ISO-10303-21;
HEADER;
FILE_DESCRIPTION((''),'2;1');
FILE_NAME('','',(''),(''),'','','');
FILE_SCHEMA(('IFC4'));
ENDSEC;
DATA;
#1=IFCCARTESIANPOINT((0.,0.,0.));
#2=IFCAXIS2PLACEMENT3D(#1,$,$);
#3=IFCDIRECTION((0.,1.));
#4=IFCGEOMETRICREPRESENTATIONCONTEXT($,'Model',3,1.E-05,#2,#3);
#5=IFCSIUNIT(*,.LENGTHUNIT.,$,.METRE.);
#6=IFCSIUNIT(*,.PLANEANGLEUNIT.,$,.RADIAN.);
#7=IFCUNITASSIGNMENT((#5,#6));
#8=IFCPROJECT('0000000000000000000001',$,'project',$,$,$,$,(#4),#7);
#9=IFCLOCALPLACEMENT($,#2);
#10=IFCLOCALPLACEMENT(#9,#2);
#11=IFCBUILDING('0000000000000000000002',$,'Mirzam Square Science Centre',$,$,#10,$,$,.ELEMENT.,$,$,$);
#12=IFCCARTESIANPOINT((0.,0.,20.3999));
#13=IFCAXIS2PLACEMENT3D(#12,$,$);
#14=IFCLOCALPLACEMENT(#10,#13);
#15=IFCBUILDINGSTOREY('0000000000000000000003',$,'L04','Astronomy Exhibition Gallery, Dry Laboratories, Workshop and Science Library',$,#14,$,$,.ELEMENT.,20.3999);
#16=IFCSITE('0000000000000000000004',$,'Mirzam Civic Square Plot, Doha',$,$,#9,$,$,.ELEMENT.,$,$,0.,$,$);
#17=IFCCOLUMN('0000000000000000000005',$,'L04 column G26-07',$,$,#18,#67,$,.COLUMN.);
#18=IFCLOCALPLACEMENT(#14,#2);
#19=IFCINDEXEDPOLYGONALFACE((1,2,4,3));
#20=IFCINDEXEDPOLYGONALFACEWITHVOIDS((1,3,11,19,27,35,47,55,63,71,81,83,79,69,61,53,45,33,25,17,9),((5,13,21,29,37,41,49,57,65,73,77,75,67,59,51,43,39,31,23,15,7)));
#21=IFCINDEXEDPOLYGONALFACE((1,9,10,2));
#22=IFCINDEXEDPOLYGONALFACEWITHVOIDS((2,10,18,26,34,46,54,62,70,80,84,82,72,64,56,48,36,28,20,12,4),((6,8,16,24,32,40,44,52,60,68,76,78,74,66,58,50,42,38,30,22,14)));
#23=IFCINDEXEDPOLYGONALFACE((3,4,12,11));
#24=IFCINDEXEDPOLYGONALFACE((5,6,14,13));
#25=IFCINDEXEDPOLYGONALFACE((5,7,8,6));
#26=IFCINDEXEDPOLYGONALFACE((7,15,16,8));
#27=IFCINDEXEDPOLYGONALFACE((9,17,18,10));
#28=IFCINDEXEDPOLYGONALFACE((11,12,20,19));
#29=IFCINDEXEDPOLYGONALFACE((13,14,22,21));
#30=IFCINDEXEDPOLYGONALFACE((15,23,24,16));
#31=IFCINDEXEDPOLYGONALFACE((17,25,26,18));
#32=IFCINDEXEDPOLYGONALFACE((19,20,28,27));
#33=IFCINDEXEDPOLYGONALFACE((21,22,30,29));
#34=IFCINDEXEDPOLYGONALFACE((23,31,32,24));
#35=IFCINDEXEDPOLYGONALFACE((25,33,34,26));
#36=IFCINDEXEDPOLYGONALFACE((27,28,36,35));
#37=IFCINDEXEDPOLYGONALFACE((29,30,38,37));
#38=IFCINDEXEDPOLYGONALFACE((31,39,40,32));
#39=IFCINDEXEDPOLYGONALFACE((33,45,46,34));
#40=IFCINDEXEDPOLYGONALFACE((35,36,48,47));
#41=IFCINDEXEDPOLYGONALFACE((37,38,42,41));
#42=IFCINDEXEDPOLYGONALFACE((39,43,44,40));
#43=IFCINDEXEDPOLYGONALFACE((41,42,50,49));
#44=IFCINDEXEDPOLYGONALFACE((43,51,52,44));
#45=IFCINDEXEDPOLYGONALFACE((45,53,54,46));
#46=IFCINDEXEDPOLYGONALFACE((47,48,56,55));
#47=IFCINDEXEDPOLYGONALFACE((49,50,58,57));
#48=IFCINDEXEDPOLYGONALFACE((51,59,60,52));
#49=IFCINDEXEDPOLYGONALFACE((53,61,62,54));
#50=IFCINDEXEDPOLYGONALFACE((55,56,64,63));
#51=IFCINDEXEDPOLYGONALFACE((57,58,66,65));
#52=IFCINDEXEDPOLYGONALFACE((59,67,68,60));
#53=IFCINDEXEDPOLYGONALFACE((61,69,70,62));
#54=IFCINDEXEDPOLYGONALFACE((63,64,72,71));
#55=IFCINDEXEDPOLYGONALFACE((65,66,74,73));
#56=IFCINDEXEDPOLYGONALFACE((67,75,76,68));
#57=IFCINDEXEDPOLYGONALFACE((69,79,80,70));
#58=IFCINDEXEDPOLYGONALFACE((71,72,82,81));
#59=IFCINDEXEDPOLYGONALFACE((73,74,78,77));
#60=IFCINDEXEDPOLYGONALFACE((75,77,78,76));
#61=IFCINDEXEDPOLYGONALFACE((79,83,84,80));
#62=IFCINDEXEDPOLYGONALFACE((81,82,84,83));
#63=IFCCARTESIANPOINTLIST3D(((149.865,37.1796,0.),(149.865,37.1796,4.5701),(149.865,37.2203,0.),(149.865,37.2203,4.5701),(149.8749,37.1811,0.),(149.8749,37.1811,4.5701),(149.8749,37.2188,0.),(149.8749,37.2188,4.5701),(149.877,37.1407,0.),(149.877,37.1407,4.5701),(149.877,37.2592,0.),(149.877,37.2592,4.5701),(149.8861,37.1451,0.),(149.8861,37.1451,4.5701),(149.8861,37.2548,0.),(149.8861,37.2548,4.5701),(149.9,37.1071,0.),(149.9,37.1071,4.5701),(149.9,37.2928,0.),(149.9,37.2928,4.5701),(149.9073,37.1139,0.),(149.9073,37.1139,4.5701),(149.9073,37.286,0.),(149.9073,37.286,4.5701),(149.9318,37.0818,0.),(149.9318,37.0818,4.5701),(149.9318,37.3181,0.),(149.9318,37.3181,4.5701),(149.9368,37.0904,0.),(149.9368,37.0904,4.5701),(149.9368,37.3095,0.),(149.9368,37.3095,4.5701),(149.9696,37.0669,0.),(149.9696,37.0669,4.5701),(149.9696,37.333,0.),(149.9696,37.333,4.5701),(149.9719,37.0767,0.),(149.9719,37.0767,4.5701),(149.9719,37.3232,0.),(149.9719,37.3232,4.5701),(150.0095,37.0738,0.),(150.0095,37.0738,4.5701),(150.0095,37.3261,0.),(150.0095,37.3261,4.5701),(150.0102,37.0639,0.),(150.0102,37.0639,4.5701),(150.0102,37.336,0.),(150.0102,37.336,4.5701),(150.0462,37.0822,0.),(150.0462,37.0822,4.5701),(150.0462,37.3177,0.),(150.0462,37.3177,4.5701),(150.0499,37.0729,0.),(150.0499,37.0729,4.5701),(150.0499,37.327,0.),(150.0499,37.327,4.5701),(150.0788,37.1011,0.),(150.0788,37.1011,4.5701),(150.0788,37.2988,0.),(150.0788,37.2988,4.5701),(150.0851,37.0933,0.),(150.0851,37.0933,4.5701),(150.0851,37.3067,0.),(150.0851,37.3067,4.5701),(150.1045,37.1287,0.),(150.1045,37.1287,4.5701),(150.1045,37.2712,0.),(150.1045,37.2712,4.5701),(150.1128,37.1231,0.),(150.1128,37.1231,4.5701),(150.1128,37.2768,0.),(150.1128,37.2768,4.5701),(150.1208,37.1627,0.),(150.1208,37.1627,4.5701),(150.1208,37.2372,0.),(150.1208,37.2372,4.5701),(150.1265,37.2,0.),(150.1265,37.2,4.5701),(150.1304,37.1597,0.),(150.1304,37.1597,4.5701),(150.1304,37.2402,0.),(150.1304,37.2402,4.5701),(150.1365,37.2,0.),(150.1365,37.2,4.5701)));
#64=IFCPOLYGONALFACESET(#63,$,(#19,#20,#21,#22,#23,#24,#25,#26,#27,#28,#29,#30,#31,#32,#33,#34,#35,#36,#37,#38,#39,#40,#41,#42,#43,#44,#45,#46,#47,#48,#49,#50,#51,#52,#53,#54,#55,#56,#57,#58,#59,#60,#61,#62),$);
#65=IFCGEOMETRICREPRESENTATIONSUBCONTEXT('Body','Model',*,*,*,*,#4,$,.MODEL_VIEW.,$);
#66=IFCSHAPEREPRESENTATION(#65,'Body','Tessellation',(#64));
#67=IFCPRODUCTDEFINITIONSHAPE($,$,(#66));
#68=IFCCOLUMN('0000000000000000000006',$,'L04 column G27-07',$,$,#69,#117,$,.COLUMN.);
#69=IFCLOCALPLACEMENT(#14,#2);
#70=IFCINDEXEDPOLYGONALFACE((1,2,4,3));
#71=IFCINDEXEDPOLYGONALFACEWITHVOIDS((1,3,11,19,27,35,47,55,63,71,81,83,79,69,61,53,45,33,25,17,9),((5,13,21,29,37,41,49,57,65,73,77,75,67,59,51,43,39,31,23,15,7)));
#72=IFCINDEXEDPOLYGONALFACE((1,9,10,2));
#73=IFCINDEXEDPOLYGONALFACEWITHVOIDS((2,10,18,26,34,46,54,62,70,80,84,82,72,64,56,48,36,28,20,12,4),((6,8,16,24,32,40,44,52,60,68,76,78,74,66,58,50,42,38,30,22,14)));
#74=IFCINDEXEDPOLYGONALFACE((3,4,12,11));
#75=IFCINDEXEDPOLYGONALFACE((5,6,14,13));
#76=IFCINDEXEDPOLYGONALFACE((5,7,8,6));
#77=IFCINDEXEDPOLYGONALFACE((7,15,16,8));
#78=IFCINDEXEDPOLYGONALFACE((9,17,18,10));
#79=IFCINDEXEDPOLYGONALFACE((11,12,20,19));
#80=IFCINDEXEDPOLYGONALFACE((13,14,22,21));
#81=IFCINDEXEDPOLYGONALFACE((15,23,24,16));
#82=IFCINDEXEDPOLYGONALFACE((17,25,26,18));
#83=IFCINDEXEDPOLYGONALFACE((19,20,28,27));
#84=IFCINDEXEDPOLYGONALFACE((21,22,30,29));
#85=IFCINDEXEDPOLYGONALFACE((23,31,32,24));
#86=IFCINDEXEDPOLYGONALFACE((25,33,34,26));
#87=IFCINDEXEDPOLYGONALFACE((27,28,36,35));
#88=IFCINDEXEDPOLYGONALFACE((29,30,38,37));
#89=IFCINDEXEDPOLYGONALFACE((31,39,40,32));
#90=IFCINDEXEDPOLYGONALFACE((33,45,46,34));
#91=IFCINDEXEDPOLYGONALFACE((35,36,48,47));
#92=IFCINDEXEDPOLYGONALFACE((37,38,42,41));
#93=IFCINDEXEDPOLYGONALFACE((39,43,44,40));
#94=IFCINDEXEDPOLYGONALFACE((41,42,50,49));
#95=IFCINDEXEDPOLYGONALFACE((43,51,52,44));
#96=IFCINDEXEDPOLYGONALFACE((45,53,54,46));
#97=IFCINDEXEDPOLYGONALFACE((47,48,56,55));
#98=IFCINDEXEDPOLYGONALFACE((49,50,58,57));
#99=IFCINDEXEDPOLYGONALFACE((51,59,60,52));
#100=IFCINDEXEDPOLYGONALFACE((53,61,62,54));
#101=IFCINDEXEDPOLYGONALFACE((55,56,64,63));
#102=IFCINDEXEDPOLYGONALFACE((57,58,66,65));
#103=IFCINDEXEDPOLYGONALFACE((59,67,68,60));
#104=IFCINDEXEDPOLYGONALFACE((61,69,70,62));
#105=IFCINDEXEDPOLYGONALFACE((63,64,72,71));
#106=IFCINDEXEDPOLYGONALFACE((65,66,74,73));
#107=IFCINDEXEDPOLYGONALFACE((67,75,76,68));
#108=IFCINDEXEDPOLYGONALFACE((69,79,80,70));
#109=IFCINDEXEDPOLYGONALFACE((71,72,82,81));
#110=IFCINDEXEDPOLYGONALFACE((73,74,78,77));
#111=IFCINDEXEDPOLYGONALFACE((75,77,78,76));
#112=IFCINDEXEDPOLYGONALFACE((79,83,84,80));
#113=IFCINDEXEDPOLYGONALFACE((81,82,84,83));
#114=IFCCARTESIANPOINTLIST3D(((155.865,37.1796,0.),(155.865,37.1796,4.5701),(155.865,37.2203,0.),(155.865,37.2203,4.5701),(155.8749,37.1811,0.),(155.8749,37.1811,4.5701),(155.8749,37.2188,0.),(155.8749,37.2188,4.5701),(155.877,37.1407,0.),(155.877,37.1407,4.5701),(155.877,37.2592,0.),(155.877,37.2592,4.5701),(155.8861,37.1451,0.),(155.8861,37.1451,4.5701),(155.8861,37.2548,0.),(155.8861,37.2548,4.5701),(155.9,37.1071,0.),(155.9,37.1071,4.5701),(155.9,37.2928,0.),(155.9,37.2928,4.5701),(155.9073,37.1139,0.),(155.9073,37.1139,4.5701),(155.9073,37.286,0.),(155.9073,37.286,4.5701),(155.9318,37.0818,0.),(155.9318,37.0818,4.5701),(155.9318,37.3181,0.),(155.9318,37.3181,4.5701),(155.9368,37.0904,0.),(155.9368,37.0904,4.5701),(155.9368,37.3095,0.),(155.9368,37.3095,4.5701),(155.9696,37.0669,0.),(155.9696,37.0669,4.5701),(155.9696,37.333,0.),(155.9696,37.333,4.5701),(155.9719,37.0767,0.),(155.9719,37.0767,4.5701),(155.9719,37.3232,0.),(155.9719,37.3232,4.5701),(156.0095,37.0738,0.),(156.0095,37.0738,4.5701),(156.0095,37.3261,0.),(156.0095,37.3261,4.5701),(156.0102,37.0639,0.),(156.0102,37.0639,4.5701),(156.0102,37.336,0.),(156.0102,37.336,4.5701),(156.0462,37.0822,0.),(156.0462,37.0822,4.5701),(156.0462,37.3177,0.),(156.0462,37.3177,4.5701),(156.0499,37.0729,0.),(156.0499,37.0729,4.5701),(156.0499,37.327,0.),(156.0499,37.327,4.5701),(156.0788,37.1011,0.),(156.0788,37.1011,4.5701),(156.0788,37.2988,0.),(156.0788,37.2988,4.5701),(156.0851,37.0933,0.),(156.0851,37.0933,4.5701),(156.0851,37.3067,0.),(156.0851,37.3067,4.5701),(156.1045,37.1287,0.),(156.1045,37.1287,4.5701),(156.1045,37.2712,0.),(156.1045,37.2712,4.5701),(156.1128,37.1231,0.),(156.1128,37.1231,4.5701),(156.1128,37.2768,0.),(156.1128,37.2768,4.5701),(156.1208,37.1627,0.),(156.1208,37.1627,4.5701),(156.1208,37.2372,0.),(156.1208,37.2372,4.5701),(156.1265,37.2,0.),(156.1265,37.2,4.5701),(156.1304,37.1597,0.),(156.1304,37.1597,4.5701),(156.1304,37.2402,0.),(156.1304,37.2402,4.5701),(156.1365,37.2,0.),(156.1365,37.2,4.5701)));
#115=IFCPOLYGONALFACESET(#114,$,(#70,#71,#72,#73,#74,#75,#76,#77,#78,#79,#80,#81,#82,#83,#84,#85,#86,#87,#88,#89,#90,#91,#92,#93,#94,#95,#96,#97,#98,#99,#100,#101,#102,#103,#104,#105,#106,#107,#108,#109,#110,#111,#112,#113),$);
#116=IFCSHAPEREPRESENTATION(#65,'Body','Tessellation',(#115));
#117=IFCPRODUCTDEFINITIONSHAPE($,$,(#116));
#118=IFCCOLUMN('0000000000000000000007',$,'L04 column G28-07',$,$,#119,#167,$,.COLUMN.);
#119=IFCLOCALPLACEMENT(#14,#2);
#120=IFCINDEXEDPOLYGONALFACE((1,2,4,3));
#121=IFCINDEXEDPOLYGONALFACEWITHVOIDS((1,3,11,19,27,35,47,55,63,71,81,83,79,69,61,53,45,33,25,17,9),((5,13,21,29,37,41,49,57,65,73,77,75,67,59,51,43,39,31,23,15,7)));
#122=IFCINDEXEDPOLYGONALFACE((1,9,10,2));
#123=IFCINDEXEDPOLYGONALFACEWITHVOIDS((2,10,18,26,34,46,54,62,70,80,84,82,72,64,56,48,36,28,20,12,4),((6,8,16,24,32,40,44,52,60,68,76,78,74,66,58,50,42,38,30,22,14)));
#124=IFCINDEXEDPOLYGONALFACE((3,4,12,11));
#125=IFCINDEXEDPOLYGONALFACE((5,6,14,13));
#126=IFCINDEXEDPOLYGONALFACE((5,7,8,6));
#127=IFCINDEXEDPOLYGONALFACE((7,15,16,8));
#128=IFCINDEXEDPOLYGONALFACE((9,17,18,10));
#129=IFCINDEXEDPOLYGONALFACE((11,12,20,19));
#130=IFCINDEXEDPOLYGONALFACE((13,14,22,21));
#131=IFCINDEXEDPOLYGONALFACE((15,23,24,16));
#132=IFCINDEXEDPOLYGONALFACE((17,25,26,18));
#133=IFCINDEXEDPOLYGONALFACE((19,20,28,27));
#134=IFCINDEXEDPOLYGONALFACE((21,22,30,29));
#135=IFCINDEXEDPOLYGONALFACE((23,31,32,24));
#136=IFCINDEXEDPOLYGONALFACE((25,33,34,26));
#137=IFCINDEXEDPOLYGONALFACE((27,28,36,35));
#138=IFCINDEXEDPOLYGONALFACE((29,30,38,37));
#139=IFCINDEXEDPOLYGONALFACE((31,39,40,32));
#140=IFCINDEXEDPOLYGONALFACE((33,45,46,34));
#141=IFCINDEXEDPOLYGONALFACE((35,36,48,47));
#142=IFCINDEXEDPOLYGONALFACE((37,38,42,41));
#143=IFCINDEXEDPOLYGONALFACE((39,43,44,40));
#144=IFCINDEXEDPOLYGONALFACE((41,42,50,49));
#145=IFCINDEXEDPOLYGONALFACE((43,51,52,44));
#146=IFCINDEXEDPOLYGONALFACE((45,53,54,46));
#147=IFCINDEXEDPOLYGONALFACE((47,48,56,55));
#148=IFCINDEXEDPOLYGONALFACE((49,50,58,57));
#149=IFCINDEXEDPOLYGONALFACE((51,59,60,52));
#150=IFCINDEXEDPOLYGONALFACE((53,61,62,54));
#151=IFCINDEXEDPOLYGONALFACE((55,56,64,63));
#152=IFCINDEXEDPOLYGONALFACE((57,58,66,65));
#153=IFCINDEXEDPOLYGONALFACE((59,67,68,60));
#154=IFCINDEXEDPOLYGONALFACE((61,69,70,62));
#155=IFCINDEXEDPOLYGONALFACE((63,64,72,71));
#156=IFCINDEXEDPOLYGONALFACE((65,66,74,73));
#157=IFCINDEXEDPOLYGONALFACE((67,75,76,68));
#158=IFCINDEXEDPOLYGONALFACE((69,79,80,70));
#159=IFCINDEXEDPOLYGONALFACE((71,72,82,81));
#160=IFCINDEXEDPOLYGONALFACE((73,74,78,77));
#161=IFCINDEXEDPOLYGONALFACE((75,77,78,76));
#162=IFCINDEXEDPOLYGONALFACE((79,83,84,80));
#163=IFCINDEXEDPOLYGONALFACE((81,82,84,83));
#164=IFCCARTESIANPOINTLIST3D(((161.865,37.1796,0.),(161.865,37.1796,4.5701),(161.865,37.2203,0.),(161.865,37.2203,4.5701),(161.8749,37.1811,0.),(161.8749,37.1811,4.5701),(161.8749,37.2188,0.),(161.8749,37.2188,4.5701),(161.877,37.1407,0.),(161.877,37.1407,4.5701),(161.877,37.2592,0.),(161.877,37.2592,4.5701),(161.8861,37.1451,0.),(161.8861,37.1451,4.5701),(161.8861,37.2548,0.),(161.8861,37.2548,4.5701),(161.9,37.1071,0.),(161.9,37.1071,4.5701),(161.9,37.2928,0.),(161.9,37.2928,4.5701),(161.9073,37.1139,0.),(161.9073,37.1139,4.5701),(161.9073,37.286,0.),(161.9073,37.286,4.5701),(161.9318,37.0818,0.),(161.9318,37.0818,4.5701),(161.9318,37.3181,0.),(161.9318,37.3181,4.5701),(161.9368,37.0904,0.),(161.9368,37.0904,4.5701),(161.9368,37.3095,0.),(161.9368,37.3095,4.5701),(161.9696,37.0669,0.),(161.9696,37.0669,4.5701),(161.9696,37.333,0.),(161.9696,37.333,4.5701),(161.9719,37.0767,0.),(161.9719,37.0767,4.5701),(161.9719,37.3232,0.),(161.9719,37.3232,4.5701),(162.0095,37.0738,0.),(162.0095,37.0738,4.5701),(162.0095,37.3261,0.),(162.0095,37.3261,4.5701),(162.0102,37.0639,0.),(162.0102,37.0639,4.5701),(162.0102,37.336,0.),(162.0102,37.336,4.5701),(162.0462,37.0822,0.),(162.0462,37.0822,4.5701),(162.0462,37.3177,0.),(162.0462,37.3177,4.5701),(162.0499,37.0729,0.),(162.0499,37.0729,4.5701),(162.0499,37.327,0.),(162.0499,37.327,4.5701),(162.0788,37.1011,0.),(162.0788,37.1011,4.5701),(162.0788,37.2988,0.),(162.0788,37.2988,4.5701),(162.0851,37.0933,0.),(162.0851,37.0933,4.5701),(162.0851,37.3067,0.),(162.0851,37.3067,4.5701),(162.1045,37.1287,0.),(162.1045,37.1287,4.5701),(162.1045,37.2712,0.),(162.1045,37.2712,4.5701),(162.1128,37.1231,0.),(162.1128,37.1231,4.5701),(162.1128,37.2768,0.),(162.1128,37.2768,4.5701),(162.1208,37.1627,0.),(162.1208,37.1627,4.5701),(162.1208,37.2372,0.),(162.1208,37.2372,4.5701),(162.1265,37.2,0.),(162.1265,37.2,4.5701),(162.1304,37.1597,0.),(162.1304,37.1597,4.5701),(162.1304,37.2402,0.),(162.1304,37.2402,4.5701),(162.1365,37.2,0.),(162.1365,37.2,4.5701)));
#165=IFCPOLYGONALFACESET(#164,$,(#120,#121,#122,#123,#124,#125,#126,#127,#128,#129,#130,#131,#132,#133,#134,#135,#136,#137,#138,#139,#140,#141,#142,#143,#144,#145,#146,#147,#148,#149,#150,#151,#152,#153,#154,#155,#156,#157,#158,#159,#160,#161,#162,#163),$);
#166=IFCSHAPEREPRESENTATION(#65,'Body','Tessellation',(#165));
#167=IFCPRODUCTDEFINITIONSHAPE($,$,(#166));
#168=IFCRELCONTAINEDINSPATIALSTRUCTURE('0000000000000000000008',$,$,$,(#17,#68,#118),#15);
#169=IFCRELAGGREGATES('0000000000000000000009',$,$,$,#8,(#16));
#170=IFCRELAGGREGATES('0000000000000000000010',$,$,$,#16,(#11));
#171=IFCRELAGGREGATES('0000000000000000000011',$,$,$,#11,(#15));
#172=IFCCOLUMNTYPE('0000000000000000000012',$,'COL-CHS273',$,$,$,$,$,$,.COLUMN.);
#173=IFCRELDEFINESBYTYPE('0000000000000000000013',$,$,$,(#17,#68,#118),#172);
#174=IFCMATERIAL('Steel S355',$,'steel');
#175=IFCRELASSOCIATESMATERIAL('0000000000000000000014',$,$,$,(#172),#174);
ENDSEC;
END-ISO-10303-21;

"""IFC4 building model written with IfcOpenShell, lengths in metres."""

from ifc_helpers import new_model, si_unit, direction, frame, origin, origin_2d, place, context, subcontext, project, spatial, hollow_circle, extrude, material, material_profile, profile_set, type_object, element, save


model = new_model("IFC4")

# Units and contexts
model_context = context("Model", 3, precision=1e-05, world=origin(), true_north=direction((0.0, 1.0)))
body_context = subcontext(model_context, "Body", "Model", "MODEL_VIEW")
ifc_project = project(units=[si_unit("LENGTHUNIT", "METRE"), si_unit("PLANEANGLEUNIT", "RADIAN")], contexts=[model_context])

# Site, building, storey
site_placement = place(None, origin())
site = spatial("IfcSite", under=ifc_project, at=site_placement, Name="Mirzam Civic Square Plot, Doha", CompositionType="ELEMENT", RefElevation=0.0)
building_placement = place(site_placement, origin())
building = spatial("IfcBuilding", under=site, at=building_placement, Name="Mirzam Square Science Centre", CompositionType="ELEMENT")
storey_placement = place(building_placement, frame((0.0, 0.0, 20.3999)))
storey = spatial("IfcBuildingStorey", under=building, at=storey_placement, Name="L04", Description="Astronomy Exhibition Gallery, Dry Laboratories, Workshop and Science Library", CompositionType="ELEMENT", Elevation=20.3999)

# Columns
ifc_material_1 = material(Name="Steel S355", Category="steel")
ifc_material_profile_1 = material_profile(ifc_material_1, hollow_circle(Radius=0.1365, WallThickness=0.01, at=origin_2d()), Name="273.0x10.0CHS")
ifc_profile_set_1 = profile_set([ifc_material_profile_1], Name="Steel S355")
column_type = type_object("IfcColumnType", Name="COL-CHS273", PredefinedType="COLUMN", material=ifc_profile_set_1)
for number, where, z_axis, x_axis, name in (
    (1, (150.0, 37.2, 0.0), (0.0, 0.0, 1.0), (1.0, 0.0, 0.0), "L04 column G26-07"),
    (2, (156.0, 37.2, 0.0), (0.0, 0.0, 1.0), (1.0, 0.0, 0.0), "L04 column G27-07"),
    (3, (162.0, 37.2, 0.0), (0.0, 0.0, 1.0), (1.0, 0.0, 0.0), "L04 column G28-07"),
):
    element("IfcColumn", number, at=place(storey_placement, frame(where, z_axis=z_axis, x_axis=x_axis)), inside=storey, type_object=column_type, Name=name, PredefinedType="COLUMN", context=body_context, shape_type="SweptSolid", body=[
        extrude(hollow_circle(Radius=0.1365, WallThickness=0.01, at=origin_2d()), origin(), (0.0, 0.0, 1.0), 4.5701),
    ])

save(model, "model.ifc")
